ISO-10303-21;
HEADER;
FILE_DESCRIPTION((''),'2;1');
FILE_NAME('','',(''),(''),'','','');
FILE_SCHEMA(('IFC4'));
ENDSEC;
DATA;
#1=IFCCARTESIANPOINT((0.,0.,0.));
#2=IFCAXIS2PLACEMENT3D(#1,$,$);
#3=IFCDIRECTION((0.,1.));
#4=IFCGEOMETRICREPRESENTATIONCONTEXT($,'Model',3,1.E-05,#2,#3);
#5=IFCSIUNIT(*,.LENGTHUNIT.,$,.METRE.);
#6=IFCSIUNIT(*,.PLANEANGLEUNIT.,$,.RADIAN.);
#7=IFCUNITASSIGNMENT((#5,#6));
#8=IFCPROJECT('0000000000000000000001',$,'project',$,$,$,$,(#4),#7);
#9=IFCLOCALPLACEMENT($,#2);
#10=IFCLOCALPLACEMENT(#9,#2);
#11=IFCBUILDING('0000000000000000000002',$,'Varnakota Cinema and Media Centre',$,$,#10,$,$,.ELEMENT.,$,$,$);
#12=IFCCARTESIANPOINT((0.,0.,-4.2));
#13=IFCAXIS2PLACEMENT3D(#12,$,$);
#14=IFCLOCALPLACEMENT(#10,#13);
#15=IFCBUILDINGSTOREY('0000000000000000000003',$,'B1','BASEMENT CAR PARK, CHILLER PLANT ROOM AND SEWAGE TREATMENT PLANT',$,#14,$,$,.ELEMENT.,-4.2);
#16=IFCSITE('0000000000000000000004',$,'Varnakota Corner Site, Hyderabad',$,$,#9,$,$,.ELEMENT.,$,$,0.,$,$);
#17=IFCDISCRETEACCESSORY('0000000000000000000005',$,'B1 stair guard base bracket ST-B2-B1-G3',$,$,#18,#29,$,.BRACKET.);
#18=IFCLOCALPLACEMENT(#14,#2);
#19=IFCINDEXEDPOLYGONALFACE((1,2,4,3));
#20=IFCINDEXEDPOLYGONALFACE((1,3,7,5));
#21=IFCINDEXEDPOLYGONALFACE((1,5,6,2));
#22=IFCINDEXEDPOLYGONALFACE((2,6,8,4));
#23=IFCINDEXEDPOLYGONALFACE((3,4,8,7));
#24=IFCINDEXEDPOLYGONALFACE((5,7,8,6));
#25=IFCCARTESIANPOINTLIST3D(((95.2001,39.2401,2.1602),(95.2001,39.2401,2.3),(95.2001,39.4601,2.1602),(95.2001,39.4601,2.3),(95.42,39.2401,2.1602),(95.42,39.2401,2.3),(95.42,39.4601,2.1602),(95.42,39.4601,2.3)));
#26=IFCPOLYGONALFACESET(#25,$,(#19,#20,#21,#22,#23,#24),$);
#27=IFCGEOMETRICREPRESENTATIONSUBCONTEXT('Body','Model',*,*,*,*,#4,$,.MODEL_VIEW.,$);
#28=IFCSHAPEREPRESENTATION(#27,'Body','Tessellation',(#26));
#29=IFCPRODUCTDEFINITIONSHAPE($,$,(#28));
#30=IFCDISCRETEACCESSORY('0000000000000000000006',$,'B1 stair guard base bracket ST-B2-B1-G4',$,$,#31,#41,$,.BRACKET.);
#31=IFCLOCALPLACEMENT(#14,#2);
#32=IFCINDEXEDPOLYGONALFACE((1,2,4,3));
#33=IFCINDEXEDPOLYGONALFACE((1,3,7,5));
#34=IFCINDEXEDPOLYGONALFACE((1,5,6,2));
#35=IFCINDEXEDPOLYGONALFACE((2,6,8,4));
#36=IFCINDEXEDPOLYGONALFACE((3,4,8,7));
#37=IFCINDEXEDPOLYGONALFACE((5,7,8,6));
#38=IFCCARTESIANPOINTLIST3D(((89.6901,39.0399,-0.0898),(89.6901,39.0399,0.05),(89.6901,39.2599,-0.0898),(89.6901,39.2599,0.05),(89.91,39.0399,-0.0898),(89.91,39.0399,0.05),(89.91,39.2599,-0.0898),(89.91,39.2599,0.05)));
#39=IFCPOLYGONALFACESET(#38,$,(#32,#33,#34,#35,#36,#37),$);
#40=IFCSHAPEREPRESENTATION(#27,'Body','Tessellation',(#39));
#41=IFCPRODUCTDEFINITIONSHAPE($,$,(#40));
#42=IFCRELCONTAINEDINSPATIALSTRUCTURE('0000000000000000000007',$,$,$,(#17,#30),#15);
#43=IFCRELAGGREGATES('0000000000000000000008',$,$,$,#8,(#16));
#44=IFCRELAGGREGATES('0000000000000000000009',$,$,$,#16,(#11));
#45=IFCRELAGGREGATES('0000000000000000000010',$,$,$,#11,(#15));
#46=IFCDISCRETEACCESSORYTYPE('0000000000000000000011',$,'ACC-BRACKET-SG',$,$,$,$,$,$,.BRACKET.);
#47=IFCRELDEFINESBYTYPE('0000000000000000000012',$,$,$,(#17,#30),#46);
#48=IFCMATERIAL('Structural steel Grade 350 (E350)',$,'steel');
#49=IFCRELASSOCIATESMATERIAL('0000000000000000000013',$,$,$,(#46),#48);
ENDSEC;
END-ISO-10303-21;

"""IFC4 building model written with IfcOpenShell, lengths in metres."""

from ifc_helpers import new_model, si_unit, direction, frame, origin, origin_2d, place, context, subcontext, project, spatial, rectangle, extrude, material, type_object, element, save


model = new_model("IFC4")

# Units and contexts
model_context = context("Model", 3, precision=1e-05, world=origin(), true_north=direction((0.0, 1.0)))
body_context = subcontext(model_context, "Body", "Model", "MODEL_VIEW")
ifc_project = project(units=[si_unit("LENGTHUNIT", "METRE"), si_unit("PLANEANGLEUNIT", "RADIAN")], contexts=[model_context])

# Site, building, storey
site_placement = place(None, origin())
site = spatial("IfcSite", under=ifc_project, at=site_placement, Name="Varnakota Corner Site, Hyderabad", CompositionType="ELEMENT", RefElevation=0.0)
building_placement = place(site_placement, origin())
building = spatial("IfcBuilding", under=site, at=building_placement, Name="Varnakota Cinema and Media Centre", CompositionType="ELEMENT")
storey_placement = place(building_placement, frame((0.0, 0.0, -4.2)))
storey = spatial("IfcBuildingStorey", under=building, at=storey_placement, Name="B1", Description="BASEMENT CAR PARK, CHILLER PLANT ROOM AND SEWAGE TREATMENT PLANT", CompositionType="ELEMENT", Elevation=-4.2)

# Discrete accessories
ifc_material_1 = material(Name="Structural steel Grade 350 (E350)", Category="steel")
discrete_accessory_type = type_object("IfcDiscreteAccessoryType", Name="ACC-BRACKET-SG", PredefinedType="BRACKET", material=ifc_material_1)
for number, where, z_axis, x_axis, name in (
    (1, (95.3101, 39.3501, 2.1602), (0.0, 0.0, 1.0), (1.0, 0.0, 0.0), "B1 stair guard base bracket ST-B2-B1-G3"),
    (2, (89.8, 39.1499, -0.0898), (0.0, 0.0, 1.0), (1.0, 0.0, 0.0), "B1 stair guard base bracket ST-B2-B1-G4"),
):
    element("IfcDiscreteAccessory", number, at=place(storey_placement, frame(where, z_axis=z_axis, x_axis=x_axis)), inside=storey, type_object=discrete_accessory_type, Name=name, PredefinedType="BRACKET", context=body_context, shape_type="SweptSolid", body=[
        extrude(rectangle(XDim=0.22, YDim=0.22, at=origin_2d()), origin(), (0.0, 0.0, 1.0), 0.1399),
    ])

save(model, "model.ifc")
